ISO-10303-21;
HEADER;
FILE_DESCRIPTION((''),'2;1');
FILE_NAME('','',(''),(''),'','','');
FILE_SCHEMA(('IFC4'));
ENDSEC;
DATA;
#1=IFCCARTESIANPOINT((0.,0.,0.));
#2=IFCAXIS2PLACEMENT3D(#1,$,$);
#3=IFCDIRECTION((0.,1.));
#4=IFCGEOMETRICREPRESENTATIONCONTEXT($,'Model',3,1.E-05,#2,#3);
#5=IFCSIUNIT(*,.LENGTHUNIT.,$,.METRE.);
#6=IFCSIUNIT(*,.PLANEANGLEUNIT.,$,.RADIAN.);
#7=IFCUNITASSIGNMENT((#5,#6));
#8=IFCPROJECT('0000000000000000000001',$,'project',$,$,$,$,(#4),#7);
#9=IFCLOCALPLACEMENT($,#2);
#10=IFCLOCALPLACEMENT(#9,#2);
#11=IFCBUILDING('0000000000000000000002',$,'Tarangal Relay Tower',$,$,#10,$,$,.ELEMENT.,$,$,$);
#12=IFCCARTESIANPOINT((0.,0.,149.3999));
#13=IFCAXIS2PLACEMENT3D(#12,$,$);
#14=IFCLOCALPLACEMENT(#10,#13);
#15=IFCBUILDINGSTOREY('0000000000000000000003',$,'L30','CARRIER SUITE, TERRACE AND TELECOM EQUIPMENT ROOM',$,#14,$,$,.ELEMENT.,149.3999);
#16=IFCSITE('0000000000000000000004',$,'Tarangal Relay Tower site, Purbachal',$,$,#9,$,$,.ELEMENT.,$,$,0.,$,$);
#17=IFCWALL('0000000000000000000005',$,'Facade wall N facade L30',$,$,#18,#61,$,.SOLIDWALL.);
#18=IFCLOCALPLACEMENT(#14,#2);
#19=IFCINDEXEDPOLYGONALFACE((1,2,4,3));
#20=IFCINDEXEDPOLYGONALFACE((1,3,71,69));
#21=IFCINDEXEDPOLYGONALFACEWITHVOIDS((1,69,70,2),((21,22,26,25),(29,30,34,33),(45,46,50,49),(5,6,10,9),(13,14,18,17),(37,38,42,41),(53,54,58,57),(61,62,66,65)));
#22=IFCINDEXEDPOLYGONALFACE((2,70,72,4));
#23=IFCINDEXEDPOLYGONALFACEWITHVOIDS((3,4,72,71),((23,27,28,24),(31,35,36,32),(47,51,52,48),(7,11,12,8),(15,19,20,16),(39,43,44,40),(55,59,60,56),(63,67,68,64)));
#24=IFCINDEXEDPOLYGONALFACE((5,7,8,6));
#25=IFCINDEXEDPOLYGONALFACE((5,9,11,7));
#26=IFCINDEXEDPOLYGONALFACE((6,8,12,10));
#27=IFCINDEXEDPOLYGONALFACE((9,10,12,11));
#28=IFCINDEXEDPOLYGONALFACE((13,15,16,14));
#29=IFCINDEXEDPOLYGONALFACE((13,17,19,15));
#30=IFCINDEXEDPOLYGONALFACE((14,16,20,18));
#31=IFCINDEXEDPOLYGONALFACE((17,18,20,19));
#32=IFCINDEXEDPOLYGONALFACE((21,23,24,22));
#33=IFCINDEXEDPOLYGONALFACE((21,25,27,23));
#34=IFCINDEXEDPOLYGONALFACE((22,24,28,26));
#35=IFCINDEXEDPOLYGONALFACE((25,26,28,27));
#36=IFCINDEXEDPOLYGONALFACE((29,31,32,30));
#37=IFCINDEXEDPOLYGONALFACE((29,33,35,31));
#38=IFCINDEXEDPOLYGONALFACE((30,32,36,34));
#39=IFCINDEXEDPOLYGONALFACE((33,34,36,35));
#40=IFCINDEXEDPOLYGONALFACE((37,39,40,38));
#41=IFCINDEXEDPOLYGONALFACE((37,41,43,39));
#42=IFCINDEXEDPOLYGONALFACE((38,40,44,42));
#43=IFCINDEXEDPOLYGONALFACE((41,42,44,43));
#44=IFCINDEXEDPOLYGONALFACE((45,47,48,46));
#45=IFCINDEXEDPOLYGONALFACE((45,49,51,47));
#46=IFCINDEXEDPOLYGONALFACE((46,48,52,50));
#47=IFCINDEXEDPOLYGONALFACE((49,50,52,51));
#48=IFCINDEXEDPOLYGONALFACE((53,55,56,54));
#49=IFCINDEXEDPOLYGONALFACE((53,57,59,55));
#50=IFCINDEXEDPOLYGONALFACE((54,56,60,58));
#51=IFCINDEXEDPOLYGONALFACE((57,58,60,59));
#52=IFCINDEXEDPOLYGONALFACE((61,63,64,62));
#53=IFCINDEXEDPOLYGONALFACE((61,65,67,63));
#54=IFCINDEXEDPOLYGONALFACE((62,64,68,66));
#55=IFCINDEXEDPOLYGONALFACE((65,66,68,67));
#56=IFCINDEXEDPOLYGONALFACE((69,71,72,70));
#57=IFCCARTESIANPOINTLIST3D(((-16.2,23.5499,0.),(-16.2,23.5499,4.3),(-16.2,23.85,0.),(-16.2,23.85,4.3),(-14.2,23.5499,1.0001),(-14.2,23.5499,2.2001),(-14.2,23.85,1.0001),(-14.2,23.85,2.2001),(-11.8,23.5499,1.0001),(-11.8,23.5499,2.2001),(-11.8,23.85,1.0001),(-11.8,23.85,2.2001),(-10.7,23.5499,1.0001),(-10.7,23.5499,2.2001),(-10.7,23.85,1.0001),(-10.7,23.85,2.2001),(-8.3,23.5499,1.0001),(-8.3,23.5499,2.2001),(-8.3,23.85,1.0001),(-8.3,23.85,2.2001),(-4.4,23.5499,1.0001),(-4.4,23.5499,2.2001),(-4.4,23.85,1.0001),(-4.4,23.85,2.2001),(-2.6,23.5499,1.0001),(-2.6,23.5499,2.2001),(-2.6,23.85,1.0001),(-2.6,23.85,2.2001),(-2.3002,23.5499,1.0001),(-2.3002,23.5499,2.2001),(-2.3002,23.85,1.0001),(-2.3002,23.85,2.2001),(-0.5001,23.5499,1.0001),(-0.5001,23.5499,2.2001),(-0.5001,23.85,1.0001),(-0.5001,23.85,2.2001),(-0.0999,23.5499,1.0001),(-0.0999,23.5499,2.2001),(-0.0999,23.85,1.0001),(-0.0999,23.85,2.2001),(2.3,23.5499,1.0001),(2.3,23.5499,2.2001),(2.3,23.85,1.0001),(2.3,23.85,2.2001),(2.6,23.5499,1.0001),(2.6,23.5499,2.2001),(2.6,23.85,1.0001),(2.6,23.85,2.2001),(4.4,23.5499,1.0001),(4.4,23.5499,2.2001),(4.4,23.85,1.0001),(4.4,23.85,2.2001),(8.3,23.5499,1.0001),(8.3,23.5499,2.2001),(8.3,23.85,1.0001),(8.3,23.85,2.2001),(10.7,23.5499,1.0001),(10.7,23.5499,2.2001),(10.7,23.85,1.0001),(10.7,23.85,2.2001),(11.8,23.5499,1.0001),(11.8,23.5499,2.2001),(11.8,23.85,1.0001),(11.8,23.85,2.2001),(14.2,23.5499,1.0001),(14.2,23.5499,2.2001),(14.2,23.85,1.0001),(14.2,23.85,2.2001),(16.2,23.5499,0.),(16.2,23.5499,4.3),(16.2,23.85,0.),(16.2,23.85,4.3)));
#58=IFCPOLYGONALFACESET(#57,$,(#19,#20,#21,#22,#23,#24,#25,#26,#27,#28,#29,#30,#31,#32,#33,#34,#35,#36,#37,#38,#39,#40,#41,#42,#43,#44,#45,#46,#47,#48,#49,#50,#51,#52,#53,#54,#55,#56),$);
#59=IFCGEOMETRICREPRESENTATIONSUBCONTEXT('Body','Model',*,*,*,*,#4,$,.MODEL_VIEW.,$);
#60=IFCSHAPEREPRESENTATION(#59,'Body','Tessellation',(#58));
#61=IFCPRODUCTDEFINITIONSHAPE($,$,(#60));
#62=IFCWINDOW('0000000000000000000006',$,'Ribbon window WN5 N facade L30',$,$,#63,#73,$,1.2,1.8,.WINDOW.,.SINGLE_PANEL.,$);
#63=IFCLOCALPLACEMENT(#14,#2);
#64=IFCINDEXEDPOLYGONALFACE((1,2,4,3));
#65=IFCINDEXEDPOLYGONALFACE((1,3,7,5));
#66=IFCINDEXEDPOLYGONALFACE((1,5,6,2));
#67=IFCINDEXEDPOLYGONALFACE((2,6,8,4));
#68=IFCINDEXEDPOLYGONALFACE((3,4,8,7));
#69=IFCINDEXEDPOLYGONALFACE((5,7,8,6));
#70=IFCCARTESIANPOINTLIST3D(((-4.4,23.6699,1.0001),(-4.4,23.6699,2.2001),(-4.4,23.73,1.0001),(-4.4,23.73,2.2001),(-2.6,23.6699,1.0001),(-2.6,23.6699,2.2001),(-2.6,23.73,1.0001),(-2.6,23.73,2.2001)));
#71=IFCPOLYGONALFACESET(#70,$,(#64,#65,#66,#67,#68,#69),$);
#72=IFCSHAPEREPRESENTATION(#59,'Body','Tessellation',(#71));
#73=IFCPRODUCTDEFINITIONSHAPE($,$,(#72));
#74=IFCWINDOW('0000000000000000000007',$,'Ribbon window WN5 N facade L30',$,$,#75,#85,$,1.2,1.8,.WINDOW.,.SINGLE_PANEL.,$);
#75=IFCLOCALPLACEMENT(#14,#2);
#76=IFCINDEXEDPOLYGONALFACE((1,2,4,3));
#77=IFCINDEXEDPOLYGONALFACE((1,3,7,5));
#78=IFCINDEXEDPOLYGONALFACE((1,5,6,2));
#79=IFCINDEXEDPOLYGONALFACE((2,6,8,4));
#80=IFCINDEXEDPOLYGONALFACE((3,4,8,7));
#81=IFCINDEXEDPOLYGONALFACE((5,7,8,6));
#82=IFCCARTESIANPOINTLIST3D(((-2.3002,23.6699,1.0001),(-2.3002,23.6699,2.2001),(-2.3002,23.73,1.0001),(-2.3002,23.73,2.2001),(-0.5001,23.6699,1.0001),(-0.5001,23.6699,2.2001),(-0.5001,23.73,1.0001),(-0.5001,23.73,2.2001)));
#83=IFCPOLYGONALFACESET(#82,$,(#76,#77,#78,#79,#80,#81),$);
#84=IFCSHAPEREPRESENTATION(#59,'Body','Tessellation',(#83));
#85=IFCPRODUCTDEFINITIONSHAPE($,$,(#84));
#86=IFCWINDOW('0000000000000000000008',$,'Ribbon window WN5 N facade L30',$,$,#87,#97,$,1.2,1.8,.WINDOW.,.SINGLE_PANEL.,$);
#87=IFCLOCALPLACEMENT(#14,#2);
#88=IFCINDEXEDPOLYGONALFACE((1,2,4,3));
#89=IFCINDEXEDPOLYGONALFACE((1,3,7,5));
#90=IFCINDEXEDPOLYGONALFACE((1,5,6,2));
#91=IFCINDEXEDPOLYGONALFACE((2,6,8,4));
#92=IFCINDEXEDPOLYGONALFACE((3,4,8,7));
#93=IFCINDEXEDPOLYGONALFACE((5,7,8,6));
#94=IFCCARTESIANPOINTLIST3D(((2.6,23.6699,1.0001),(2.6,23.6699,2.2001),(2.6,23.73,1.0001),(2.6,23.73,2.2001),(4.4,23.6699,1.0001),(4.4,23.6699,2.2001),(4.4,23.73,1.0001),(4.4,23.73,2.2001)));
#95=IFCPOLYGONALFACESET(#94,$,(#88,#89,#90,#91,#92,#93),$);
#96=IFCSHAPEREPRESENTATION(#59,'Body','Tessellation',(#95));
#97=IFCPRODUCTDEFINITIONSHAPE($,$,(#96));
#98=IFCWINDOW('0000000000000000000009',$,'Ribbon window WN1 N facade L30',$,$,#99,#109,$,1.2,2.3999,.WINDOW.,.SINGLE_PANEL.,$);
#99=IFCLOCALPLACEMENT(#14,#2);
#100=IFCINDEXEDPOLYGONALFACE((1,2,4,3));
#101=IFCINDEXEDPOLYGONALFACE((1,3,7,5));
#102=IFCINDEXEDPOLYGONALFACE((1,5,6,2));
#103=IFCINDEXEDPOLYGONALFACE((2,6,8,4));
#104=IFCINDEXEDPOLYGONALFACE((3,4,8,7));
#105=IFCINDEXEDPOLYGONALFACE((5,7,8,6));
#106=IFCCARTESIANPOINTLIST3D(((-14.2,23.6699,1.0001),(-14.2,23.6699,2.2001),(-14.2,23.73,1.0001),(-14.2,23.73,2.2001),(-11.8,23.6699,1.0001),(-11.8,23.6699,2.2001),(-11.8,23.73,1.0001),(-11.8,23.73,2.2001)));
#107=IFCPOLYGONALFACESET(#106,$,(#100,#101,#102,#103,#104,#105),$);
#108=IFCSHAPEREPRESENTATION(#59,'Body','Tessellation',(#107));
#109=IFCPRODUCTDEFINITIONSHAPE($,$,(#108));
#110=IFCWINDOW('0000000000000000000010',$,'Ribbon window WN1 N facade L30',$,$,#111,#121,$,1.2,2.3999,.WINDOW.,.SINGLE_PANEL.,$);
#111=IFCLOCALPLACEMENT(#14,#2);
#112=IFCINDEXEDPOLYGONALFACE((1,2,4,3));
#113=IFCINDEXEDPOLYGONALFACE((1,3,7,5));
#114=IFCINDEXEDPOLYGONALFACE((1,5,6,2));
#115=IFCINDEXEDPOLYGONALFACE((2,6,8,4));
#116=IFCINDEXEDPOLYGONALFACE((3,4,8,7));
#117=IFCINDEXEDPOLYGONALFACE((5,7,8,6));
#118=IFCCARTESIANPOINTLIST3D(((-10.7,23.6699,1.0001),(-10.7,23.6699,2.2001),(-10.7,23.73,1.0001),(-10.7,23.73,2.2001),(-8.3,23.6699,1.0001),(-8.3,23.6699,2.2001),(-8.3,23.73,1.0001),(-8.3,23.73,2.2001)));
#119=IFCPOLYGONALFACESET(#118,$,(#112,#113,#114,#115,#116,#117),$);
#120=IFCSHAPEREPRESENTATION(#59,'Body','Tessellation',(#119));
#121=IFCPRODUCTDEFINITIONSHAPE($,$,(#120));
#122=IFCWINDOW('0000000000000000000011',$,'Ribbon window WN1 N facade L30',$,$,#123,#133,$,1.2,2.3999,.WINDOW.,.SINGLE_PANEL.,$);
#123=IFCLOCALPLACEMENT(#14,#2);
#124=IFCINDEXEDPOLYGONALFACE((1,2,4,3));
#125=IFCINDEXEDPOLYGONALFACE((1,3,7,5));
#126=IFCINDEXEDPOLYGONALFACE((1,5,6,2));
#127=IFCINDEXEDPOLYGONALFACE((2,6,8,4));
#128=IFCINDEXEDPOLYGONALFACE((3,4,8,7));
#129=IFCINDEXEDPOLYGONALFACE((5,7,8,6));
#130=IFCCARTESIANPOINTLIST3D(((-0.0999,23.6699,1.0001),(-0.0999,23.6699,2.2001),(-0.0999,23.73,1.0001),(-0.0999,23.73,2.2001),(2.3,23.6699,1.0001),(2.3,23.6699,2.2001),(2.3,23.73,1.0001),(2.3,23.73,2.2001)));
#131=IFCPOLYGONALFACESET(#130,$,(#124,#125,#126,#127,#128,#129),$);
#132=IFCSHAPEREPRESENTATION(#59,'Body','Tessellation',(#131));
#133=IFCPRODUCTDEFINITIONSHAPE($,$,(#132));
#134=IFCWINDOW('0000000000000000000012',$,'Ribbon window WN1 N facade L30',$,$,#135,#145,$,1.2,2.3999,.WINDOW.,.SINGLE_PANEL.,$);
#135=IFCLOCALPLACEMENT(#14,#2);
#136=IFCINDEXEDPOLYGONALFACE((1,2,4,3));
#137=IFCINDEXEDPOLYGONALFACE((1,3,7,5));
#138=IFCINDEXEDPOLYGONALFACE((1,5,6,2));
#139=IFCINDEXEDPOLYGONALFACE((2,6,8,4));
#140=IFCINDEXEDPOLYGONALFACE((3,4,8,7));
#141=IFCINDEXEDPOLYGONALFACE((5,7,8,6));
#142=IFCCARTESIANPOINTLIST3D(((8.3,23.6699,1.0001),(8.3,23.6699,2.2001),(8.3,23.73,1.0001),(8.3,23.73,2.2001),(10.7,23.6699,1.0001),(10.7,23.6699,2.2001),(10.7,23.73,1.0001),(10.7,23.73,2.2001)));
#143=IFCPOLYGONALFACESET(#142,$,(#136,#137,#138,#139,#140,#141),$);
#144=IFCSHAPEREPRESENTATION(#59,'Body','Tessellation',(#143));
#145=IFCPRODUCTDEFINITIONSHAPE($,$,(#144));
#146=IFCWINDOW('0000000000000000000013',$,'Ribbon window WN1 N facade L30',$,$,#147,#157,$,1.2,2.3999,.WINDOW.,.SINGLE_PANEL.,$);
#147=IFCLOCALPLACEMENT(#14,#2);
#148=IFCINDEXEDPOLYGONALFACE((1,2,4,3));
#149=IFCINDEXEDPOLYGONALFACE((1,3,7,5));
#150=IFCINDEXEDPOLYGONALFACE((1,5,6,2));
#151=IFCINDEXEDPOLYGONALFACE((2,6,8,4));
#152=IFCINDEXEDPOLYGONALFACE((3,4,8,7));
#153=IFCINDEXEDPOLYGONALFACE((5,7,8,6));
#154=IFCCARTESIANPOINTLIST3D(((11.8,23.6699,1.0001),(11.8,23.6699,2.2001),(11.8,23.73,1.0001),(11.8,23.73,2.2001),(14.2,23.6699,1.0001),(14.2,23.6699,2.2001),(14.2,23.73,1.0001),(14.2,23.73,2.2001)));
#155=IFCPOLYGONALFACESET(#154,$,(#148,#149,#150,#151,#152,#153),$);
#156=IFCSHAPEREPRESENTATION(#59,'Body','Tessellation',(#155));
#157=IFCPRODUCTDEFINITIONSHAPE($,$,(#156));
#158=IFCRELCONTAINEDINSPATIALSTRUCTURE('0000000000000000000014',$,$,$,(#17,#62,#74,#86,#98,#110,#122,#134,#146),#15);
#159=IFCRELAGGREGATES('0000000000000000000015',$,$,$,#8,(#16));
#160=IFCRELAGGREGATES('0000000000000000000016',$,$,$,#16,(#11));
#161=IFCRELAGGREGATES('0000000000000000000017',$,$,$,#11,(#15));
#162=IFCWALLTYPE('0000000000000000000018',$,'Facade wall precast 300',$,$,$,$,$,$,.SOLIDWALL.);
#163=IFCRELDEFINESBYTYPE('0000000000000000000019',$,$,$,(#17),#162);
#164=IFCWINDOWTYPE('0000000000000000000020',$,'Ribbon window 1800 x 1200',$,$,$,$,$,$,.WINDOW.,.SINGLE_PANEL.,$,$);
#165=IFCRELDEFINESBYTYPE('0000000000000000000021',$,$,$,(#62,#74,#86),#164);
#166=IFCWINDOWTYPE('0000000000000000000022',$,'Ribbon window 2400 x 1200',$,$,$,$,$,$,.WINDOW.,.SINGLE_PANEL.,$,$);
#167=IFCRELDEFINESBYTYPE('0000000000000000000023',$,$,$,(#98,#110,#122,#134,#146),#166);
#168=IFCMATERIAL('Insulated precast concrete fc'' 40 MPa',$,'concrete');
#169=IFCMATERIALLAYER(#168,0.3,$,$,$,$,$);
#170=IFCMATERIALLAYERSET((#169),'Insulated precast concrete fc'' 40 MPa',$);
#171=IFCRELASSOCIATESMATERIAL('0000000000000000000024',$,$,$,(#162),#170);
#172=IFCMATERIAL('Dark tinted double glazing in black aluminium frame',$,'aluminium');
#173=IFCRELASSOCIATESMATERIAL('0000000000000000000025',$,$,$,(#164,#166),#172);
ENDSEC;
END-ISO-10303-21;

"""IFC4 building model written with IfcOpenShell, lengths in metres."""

from ifc_helpers import new_model, si_unit, direction, frame, frame_2d, origin, place, context, subcontext, project, spatial, rectangle, extrude, material, layer, layer_set, type_object, element, fill, save


model = new_model("IFC4")

# Units and contexts
model_context = context("Model", 3, precision=1e-05, world=origin(), true_north=direction((0.0, 1.0)))
body_context = subcontext(model_context, "Body", "Model", "MODEL_VIEW")
ifc_project = project(units=[si_unit("LENGTHUNIT", "METRE"), si_unit("PLANEANGLEUNIT", "RADIAN")], contexts=[model_context])

# Site, building, storey
site_placement = place(None, origin())
site = spatial("IfcSite", under=ifc_project, at=site_placement, Name="Tarangal Relay Tower site, Purbachal", CompositionType="ELEMENT", RefElevation=0.0)
building_placement = place(site_placement, origin())
building = spatial("IfcBuilding", under=site, at=building_placement, Name="Tarangal Relay Tower", CompositionType="ELEMENT")
storey_placement = place(building_placement, frame((0.0, 0.0, 149.3999)))
storey = spatial("IfcBuildingStorey", under=building, at=storey_placement, Name="L30", Description="CARRIER SUITE, TERRACE AND TELECOM EQUIPMENT ROOM", CompositionType="ELEMENT", Elevation=149.3999)

# Wall, openings, windows
ifc_material_1 = material(Name="Insulated precast concrete fc' 40 MPa", Category="concrete")
ifc_layer_1 = layer(ifc_material_1, 0.3)
ifc_layer_set_1 = layer_set([ifc_layer_1], Name="Insulated precast concrete fc' 40 MPa")
wall_type_1 = type_object("IfcWallType", Name="Facade wall precast 300", PredefinedType="SOLIDWALL", material=ifc_layer_set_1)
wall_1_placement = place(storey_placement, frame((-16.2, 23.7, 0.0), z_axis=(0.0, 0.0, 1.0), x_axis=(1.0, 0.0, 0.0)))
wall_1 = element("IfcWall", 1, at=wall_1_placement, inside=storey, type_object=wall_type_1, Name="Facade wall N facade L30", PredefinedType="SOLIDWALL", context=body_context, shape_type="SweptSolid", body=[
    extrude(rectangle(XDim=32.3999, YDim=0.3, at=frame_2d((16.2, 0.0))), origin(), (0.0, 0.0, 1.0), 4.3),
])
opening_1_placement = place(wall_1_placement, frame((2.0, 0.0, 1.0)))
opening_1 = element("IfcOpeningElement", 2, at=opening_1_placement, cuts=wall_1, PredefinedType="OPENING", context=body_context, shape_type="SweptSolid", body=[
    extrude(rectangle(XDim=2.3999, YDim=1.2, at=frame_2d((1.2, 0.6001))), frame((0.0, 0.1599, 0.0), z_axis=(0.0, -1.0, 0.0), x_axis=(1.0, 0.0, 0.0)), (0.0, 0.0, 1.0), 0.3201),
])
opening_2_placement = place(wall_1_placement, frame((5.5, 0.0, 1.0)))
opening_2 = element("IfcOpeningElement", 3, at=opening_2_placement, cuts=wall_1, PredefinedType="OPENING", context=body_context, shape_type="SweptSolid", body=[
    extrude(rectangle(XDim=2.3999, YDim=1.2, at=frame_2d((1.2, 0.6001))), frame((0.0, 0.1599, 0.0), z_axis=(0.0, -1.0, 0.0), x_axis=(1.0, 0.0, 0.0)), (0.0, 0.0, 1.0), 0.3201),
])
opening_3_placement = place(wall_1_placement, frame((11.8, 0.0, 1.0)))
opening_3 = element("IfcOpeningElement", 4, at=opening_3_placement, cuts=wall_1, PredefinedType="OPENING", context=body_context, shape_type="SweptSolid", body=[
    extrude(rectangle(XDim=1.8, YDim=1.2, at=frame_2d((0.8999, 0.6001))), frame((0.0, 0.1599, 0.0), z_axis=(0.0, -1.0, 0.0), x_axis=(1.0, 0.0, 0.0)), (0.0, 0.0, 1.0), 0.3201),
])
opening_4_placement = place(wall_1_placement, frame((13.8999, 0.0, 1.0)))
opening_4 = element("IfcOpeningElement", 5, at=opening_4_placement, cuts=wall_1, PredefinedType="OPENING", context=body_context, shape_type="SweptSolid", body=[
    extrude(rectangle(XDim=1.8, YDim=1.2, at=frame_2d((0.8999, 0.6001))), frame((0.0, 0.1599, 0.0), z_axis=(0.0, -1.0, 0.0), x_axis=(1.0, 0.0, 0.0)), (0.0, 0.0, 1.0), 0.3201),
])
opening_5_placement = place(wall_1_placement, frame((16.1001, 0.0, 1.0)))
opening_5 = element("IfcOpeningElement", 6, at=opening_5_placement, cuts=wall_1, PredefinedType="OPENING", context=body_context, shape_type="SweptSolid", body=[
    extrude(rectangle(XDim=2.3999, YDim=1.2, at=frame_2d((1.2, 0.6001))), frame((0.0, 0.1599, 0.0), z_axis=(0.0, -1.0, 0.0), x_axis=(1.0, 0.0, 0.0)), (0.0, 0.0, 1.0), 0.3201),
])
opening_6_placement = place(wall_1_placement, frame((18.8, 0.0, 1.0)))
opening_6 = element("IfcOpeningElement", 7, at=opening_6_placement, cuts=wall_1, PredefinedType="OPENING", context=body_context, shape_type="SweptSolid", body=[
    extrude(rectangle(XDim=1.8, YDim=1.2, at=frame_2d((0.8999, 0.6001))), frame((0.0, 0.1599, 0.0), z_axis=(0.0, -1.0, 0.0), x_axis=(1.0, 0.0, 0.0)), (0.0, 0.0, 1.0), 0.3201),
])
opening_7_placement = place(wall_1_placement, frame((24.5, 0.0, 1.0)))
opening_7 = element("IfcOpeningElement", 8, at=opening_7_placement, cuts=wall_1, PredefinedType="OPENING", context=body_context, shape_type="SweptSolid", body=[
    extrude(rectangle(XDim=2.3999, YDim=1.2, at=frame_2d((1.2, 0.6001))), frame((0.0, 0.1599, 0.0), z_axis=(0.0, -1.0, 0.0), x_axis=(1.0, 0.0, 0.0)), (0.0, 0.0, 1.0), 0.3201),
])
opening_8_placement = place(wall_1_placement, frame((28.0, 0.0, 1.0)))
opening_8 = element("IfcOpeningElement", 9, at=opening_8_placement, cuts=wall_1, PredefinedType="OPENING", context=body_context, shape_type="SweptSolid", body=[
    extrude(rectangle(XDim=2.3999, YDim=1.2, at=frame_2d((1.2, 0.6001))), frame((0.0, 0.1599, 0.0), z_axis=(0.0, -1.0, 0.0), x_axis=(1.0, 0.0, 0.0)), (0.0, 0.0, 1.0), 0.3201),
])
ifc_material_2 = material(Name="Dark tinted double glazing in black aluminium frame", Category="aluminium")
window_type_1 = type_object("IfcWindowType", Name="Ribbon window 1800 x 1200", PartitioningType="SINGLE_PANEL", PredefinedType="WINDOW", material=ifc_material_2)
window_1_placement = place(opening_3_placement, origin())
window_1 = element("IfcWindow", 10, at=window_1_placement, inside=storey, type_object=window_type_1, Name="Ribbon window WN5 N facade L30", OverallHeight=1.2, OverallWidth=1.8, PartitioningType="SINGLE_PANEL", PredefinedType="WINDOW", context=body_context, shape_type="SweptSolid", body=[
    extrude(rectangle(XDim=1.8, YDim=1.2, at=frame_2d((0.8999, 0.6001))), frame((0.0, 0.03, 0.0), z_axis=(0.0, -1.0, 0.0), x_axis=(1.0, 0.0, 0.0)), (0.0, 0.0, 1.0), 0.0601),
])
fill(opening_3, window_1)
window_2_placement = place(opening_4_placement, origin())
window_2 = element("IfcWindow", 11, at=window_2_placement, inside=storey, type_object=window_type_1, Name="Ribbon window WN5 N facade L30", OverallHeight=1.2, OverallWidth=1.8, PartitioningType="SINGLE_PANEL", PredefinedType="WINDOW", context=body_context, shape_type="SweptSolid", body=[
    extrude(rectangle(XDim=1.8, YDim=1.2, at=frame_2d((0.8999, 0.6001))), frame((0.0, 0.03, 0.0), z_axis=(0.0, -1.0, 0.0), x_axis=(1.0, 0.0, 0.0)), (0.0, 0.0, 1.0), 0.0601),
])
fill(opening_4, window_2)
window_3_placement = place(opening_6_placement, origin())
window_3 = element("IfcWindow", 12, at=window_3_placement, inside=storey, type_object=window_type_1, Name="Ribbon window WN5 N facade L30", OverallHeight=1.2, OverallWidth=1.8, PartitioningType="SINGLE_PANEL", PredefinedType="WINDOW", context=body_context, shape_type="SweptSolid", body=[
    extrude(rectangle(XDim=1.8, YDim=1.2, at=frame_2d((0.8999, 0.6001))), frame((0.0, 0.03, 0.0), z_axis=(0.0, -1.0, 0.0), x_axis=(1.0, 0.0, 0.0)), (0.0, 0.0, 1.0), 0.0601),
])
fill(opening_6, window_3)
window_type_2 = type_object("IfcWindowType", Name="Ribbon window 2400 x 1200", PartitioningType="SINGLE_PANEL", PredefinedType="WINDOW", material=ifc_material_2)
window_4_placement = place(opening_1_placement, origin())
window_4 = element("IfcWindow", 13, at=window_4_placement, inside=storey, type_object=window_type_2, Name="Ribbon window WN1 N facade L30", OverallHeight=1.2, OverallWidth=2.3999, PartitioningType="SINGLE_PANEL", PredefinedType="WINDOW", context=body_context, shape_type="SweptSolid", body=[
    extrude(rectangle(XDim=2.3999, YDim=1.2, at=frame_2d((1.2, 0.6001))), frame((0.0, 0.03, 0.0), z_axis=(0.0, -1.0, 0.0), x_axis=(1.0, 0.0, 0.0)), (0.0, 0.0, 1.0), 0.0601),
])
fill(opening_1, window_4)
window_5_placement = place(opening_2_placement, origin())
window_5 = element("IfcWindow", 14, at=window_5_placement, inside=storey, type_object=window_type_2, Name="Ribbon window WN1 N facade L30", OverallHeight=1.2, OverallWidth=2.3999, PartitioningType="SINGLE_PANEL", PredefinedType="WINDOW", context=body_context, shape_type="SweptSolid", body=[
    extrude(rectangle(XDim=2.3999, YDim=1.2, at=frame_2d((1.2, 0.6001))), frame((0.0, 0.03, 0.0), z_axis=(0.0, -1.0, 0.0), x_axis=(1.0, 0.0, 0.0)), (0.0, 0.0, 1.0), 0.0601),
])
fill(opening_2, window_5)
window_6_placement = place(opening_5_placement, origin())
window_6 = element("IfcWindow", 15, at=window_6_placement, inside=storey, type_object=window_type_2, Name="Ribbon window WN1 N facade L30", OverallHeight=1.2, OverallWidth=2.3999, PartitioningType="SINGLE_PANEL", PredefinedType="WINDOW", context=body_context, shape_type="SweptSolid", body=[
    extrude(rectangle(XDim=2.3999, YDim=1.2, at=frame_2d((1.2, 0.6001))), frame((0.0, 0.03, 0.0), z_axis=(0.0, -1.0, 0.0), x_axis=(1.0, 0.0, 0.0)), (0.0, 0.0, 1.0), 0.0601),
])
fill(opening_5, window_6)
window_7_placement = place(opening_7_placement, origin())
window_7 = element("IfcWindow", 16, at=window_7_placement, inside=storey, type_object=window_type_2, Name="Ribbon window WN1 N facade L30", OverallHeight=1.2, OverallWidth=2.3999, PartitioningType="SINGLE_PANEL", PredefinedType="WINDOW", context=body_context, shape_type="SweptSolid", body=[
    extrude(rectangle(XDim=2.3999, YDim=1.2, at=frame_2d((1.2, 0.6001))), frame((0.0, 0.03, 0.0), z_axis=(0.0, -1.0, 0.0), x_axis=(1.0, 0.0, 0.0)), (0.0, 0.0, 1.0), 0.0601),
])
fill(opening_7, window_7)
window_8_placement = place(opening_8_placement, origin())
window_8 = element("IfcWindow", 17, at=window_8_placement, inside=storey, type_object=window_type_2, Name="Ribbon window WN1 N facade L30", OverallHeight=1.2, OverallWidth=2.3999, PartitioningType="SINGLE_PANEL", PredefinedType="WINDOW", context=body_context, shape_type="SweptSolid", body=[
    extrude(rectangle(XDim=2.3999, YDim=1.2, at=frame_2d((1.2, 0.6001))), frame((0.0, 0.03, 0.0), z_axis=(0.0, -1.0, 0.0), x_axis=(1.0, 0.0, 0.0)), (0.0, 0.0, 1.0), 0.0601),
])
fill(opening_8, window_8)

save(model, "model.ifc")
